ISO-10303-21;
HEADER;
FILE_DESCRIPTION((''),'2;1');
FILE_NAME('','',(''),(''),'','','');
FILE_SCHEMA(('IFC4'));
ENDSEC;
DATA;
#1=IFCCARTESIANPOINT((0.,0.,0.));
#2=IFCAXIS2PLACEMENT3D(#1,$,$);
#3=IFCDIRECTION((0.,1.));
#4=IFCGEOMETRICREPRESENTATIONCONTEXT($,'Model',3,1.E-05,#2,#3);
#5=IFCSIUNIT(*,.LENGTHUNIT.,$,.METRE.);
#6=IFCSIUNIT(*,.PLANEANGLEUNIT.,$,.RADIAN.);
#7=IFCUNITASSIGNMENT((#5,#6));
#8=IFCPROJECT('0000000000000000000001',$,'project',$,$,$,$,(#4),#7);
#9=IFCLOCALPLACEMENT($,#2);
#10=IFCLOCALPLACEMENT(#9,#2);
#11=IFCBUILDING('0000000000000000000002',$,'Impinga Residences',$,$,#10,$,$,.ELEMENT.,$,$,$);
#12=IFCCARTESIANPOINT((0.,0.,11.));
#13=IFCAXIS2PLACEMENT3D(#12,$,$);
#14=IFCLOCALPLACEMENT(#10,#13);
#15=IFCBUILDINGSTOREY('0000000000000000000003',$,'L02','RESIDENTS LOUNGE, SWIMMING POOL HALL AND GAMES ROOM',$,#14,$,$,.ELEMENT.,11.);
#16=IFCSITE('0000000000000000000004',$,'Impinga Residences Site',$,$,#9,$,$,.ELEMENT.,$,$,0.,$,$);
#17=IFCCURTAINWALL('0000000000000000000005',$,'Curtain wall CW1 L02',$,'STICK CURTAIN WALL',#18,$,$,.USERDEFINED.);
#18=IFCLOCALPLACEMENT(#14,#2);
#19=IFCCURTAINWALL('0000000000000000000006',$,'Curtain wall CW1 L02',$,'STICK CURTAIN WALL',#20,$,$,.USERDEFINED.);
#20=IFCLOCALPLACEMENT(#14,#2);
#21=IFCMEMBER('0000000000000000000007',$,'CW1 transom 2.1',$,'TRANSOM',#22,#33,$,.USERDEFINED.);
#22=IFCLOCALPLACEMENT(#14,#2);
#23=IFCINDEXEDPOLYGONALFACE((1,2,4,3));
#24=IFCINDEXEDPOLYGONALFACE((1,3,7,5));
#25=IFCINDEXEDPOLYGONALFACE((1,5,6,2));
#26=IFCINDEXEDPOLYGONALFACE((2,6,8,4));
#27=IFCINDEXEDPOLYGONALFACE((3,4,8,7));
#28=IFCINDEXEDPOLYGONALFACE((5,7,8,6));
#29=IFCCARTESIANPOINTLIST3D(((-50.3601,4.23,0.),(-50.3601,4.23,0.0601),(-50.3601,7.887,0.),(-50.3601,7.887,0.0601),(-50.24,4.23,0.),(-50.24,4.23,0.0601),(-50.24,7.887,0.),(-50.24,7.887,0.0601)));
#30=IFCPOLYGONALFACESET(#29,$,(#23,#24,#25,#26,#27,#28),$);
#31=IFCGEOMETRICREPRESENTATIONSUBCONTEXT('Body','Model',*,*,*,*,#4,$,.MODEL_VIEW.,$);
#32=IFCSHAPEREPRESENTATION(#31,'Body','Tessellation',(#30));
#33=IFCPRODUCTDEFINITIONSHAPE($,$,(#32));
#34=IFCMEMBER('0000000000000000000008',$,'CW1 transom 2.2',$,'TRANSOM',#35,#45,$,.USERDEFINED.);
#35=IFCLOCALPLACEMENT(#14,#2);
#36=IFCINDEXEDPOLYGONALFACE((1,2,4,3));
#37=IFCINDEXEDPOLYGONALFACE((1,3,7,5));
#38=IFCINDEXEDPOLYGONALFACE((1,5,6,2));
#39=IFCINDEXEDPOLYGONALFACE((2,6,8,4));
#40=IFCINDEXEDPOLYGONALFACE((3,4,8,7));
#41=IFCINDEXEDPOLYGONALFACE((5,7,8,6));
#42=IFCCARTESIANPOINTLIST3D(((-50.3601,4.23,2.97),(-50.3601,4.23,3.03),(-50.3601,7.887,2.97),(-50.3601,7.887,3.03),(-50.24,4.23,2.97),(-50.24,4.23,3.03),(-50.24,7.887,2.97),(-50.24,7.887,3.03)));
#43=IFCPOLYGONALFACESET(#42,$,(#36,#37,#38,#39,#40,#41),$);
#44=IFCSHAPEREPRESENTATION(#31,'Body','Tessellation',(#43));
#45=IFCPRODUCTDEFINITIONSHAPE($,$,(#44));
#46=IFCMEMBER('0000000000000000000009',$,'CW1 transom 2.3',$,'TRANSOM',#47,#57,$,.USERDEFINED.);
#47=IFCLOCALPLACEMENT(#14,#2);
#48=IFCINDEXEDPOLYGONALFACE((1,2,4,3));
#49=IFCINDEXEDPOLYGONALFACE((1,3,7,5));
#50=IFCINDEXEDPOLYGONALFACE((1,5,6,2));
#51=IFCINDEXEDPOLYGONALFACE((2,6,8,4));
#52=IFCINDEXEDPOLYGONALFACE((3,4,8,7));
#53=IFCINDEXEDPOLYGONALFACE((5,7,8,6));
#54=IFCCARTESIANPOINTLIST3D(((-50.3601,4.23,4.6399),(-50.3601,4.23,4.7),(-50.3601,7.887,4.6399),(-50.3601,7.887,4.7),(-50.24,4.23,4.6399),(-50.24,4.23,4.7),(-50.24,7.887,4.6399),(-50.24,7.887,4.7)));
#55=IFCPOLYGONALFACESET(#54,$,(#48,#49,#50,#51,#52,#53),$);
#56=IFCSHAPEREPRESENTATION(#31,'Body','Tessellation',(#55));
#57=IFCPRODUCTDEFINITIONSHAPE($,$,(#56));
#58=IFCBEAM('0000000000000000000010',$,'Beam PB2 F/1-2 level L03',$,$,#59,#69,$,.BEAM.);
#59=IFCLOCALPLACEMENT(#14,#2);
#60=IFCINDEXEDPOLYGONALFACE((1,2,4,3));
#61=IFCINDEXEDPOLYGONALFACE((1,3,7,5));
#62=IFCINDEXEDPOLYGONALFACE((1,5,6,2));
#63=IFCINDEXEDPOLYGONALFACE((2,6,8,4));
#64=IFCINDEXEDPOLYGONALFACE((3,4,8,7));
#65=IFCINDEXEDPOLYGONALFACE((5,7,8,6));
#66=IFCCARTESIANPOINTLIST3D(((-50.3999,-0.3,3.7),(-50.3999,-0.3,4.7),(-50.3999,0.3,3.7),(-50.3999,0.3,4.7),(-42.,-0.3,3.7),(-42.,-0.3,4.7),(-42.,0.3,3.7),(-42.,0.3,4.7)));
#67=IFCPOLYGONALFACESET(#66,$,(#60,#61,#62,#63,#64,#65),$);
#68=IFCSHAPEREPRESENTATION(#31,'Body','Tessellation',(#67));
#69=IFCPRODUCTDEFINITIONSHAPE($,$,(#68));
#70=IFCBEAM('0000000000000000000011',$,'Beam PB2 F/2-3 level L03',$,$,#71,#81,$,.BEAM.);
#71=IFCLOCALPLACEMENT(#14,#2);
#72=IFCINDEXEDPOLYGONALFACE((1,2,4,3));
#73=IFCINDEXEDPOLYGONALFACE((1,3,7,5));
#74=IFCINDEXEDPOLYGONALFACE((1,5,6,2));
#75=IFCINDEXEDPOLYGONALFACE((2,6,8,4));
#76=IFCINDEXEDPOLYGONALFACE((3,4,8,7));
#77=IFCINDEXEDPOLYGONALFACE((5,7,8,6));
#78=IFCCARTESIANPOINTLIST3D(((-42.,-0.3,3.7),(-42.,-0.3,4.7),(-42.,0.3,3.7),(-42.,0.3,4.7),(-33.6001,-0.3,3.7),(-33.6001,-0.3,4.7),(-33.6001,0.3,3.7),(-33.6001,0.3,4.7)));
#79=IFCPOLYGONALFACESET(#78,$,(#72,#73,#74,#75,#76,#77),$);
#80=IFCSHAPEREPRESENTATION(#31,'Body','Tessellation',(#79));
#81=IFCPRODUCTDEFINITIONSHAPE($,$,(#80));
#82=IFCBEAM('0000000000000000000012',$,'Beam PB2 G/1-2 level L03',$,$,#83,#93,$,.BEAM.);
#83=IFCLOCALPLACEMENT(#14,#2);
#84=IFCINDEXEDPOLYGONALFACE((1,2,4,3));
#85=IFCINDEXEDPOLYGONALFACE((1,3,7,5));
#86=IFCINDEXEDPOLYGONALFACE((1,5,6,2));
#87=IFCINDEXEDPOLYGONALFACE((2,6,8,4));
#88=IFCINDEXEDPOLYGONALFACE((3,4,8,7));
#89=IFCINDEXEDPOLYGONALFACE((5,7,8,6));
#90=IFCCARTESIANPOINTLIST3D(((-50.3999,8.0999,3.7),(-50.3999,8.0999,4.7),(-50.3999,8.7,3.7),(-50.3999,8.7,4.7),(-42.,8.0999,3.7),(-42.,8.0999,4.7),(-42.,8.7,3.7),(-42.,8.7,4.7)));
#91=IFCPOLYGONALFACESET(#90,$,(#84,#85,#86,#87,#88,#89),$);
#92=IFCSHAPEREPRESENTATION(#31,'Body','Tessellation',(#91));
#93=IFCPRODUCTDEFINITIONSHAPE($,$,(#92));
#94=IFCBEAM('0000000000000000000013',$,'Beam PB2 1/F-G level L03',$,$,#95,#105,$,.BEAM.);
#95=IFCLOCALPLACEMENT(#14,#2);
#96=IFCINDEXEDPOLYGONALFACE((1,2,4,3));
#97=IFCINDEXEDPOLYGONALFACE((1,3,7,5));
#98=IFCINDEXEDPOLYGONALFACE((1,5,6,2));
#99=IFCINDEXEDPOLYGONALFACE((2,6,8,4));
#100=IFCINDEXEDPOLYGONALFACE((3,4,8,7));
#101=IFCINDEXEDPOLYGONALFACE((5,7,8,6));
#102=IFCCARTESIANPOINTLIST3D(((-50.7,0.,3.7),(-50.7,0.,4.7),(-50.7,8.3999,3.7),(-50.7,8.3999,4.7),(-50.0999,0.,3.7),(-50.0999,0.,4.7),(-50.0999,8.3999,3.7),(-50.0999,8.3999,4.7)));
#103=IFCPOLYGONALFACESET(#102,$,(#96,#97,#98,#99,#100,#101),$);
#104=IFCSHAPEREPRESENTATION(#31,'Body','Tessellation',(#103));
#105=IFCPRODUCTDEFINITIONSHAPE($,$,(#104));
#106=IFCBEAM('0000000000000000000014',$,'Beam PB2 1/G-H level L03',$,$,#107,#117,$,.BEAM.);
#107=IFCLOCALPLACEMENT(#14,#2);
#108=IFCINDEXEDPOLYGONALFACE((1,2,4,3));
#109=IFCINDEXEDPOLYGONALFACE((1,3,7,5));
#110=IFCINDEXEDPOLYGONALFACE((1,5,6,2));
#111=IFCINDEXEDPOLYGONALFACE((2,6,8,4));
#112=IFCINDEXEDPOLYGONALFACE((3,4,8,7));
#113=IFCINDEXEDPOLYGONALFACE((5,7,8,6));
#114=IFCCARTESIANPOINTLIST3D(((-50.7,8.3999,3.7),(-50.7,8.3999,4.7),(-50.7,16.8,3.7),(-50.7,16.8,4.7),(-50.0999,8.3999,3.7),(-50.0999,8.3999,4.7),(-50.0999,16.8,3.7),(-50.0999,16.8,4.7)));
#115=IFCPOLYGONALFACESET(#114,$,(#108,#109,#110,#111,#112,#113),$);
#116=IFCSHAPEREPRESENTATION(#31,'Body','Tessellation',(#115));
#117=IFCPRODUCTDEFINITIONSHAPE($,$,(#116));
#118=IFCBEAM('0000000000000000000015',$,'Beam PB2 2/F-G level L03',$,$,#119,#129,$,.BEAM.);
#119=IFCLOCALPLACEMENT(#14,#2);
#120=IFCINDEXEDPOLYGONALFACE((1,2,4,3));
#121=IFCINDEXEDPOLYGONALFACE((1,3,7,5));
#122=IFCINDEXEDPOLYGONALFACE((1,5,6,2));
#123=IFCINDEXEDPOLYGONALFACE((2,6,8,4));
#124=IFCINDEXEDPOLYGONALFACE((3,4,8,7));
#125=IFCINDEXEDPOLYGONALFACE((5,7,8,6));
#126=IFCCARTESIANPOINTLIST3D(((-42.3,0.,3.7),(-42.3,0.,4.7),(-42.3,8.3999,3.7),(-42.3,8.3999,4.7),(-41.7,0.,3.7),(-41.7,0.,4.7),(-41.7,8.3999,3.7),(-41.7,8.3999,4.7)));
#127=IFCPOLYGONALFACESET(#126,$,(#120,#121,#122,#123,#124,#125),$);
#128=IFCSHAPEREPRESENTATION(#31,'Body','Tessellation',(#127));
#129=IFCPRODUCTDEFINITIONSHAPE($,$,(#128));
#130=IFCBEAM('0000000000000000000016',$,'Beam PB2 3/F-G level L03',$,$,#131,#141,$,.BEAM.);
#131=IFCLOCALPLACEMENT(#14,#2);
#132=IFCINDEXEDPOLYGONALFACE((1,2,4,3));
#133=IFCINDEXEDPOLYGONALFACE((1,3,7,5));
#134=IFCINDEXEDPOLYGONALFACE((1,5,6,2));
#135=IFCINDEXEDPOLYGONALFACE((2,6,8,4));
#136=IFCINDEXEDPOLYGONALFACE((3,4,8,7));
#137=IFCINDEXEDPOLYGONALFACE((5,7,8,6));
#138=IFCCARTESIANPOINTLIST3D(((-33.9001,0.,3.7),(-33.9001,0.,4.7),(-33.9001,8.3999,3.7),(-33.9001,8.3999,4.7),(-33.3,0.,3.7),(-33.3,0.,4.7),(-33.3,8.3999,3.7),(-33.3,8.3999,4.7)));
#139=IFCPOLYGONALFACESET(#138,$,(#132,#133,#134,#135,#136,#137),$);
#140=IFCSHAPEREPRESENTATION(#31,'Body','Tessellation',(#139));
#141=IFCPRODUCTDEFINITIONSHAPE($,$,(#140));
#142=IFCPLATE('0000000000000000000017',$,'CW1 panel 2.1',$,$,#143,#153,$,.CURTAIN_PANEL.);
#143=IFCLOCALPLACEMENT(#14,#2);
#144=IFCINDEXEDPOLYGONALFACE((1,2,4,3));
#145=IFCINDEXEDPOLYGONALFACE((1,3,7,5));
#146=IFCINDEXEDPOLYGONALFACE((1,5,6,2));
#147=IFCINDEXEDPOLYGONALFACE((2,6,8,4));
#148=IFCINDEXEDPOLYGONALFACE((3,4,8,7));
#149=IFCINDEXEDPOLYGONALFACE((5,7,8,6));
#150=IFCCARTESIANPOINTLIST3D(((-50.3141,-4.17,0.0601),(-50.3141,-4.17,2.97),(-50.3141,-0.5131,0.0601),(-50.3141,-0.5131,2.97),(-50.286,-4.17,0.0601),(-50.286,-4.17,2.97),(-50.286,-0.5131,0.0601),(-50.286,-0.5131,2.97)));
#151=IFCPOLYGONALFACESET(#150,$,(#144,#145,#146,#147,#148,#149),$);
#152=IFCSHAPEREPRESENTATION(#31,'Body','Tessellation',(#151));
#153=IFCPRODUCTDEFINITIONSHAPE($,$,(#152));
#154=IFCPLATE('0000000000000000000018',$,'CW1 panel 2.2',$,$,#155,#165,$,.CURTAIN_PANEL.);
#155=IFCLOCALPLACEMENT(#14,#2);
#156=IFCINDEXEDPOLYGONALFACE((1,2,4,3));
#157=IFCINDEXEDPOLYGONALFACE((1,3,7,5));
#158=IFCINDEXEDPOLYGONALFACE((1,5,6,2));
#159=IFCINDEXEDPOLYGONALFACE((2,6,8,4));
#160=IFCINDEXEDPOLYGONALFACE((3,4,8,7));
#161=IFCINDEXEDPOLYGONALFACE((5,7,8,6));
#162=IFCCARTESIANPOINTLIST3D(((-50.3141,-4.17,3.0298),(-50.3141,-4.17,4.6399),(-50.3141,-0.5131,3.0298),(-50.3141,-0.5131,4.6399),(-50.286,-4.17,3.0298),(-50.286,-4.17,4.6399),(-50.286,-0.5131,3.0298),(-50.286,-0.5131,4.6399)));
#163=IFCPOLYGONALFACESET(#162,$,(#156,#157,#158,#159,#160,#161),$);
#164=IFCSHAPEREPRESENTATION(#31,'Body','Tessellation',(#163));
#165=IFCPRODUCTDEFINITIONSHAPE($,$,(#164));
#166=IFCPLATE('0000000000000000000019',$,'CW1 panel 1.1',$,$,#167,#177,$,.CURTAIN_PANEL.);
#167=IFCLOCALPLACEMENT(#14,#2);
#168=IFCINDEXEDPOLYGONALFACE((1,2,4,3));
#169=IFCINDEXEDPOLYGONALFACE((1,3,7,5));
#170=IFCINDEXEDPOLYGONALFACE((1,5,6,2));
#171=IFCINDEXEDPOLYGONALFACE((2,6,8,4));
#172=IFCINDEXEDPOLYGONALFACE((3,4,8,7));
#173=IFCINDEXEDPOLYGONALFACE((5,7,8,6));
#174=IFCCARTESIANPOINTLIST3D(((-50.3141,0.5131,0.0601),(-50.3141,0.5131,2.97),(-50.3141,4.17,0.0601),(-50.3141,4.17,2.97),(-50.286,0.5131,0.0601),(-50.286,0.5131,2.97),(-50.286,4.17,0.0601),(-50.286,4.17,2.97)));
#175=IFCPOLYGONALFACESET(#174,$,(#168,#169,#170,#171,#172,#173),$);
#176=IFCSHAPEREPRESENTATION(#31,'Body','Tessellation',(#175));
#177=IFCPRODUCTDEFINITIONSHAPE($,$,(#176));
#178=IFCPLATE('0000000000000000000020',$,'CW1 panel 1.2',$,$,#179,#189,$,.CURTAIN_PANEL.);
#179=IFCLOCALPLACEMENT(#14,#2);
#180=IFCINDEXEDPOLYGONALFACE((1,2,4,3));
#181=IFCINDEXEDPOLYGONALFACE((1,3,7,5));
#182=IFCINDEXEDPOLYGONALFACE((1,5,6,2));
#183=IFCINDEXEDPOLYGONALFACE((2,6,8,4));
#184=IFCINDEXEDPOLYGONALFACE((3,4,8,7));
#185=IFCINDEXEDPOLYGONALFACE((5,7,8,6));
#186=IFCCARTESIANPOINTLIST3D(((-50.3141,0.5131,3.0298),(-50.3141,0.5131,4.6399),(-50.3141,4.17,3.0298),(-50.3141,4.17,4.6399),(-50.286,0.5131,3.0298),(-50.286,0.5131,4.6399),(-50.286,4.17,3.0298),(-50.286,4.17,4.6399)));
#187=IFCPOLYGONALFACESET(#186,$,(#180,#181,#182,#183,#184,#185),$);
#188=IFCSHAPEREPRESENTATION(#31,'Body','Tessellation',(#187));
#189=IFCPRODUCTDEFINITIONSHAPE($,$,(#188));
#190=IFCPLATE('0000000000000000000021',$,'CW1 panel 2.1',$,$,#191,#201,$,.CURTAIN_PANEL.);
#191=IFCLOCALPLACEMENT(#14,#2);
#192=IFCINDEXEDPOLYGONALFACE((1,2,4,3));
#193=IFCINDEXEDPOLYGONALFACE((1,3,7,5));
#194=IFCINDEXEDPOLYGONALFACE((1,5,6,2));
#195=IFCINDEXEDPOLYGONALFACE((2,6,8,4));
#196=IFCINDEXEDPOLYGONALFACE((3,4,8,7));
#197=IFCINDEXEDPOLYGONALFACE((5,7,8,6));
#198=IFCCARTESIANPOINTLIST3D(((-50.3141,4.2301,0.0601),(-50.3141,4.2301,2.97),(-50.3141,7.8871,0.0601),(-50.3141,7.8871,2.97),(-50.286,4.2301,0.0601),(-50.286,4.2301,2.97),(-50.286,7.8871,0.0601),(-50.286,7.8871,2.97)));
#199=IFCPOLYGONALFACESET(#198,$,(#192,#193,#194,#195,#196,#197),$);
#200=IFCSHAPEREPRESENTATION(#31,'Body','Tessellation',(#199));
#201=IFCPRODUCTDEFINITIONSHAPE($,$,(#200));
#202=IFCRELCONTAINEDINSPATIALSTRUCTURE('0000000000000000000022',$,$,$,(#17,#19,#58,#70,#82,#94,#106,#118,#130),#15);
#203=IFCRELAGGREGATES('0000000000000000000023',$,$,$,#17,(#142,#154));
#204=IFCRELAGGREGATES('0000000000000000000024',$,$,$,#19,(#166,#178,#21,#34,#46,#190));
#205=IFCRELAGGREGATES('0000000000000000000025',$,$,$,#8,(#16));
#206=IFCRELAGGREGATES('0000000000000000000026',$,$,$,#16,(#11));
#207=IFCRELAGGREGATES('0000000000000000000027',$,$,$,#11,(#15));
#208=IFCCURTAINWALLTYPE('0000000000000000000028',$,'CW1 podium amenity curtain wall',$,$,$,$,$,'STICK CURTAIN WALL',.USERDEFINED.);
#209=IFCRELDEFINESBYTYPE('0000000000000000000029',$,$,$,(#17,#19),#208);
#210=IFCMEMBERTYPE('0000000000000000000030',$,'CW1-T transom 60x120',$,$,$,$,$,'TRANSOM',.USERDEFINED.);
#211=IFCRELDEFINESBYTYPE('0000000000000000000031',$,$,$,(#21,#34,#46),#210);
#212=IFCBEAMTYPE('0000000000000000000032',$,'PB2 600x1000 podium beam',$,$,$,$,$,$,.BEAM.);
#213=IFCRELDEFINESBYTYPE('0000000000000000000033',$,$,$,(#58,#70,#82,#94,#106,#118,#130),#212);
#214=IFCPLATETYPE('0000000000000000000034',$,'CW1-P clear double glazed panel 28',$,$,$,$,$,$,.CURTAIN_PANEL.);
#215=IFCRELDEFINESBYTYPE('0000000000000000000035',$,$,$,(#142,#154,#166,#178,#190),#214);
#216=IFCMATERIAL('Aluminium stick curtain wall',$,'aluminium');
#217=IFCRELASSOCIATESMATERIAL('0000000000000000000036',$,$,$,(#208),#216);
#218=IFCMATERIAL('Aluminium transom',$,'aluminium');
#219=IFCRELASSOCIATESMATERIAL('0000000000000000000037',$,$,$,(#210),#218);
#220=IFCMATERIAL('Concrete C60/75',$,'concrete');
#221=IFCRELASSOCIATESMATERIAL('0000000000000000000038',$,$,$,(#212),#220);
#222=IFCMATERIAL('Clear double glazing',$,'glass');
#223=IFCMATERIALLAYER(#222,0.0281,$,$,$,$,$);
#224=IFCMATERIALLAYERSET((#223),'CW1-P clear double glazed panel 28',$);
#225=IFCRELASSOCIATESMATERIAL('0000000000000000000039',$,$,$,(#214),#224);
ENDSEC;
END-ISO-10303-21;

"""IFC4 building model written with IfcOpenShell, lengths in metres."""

from ifc_helpers import new_model, si_unit, direction, frame, origin, origin_2d, place, context, subcontext, project, spatial, rectangle, extrude, material, layer, layer_set, material_profile, profile_set, type_object, element, aggregate, save


model = new_model("IFC4")

# Units and contexts
model_context = context("Model", 3, precision=1e-05, world=origin(), true_north=direction((0.0, 1.0)))
body_context = subcontext(model_context, "Body", "Model", "MODEL_VIEW")
ifc_project = project(units=[si_unit("LENGTHUNIT", "METRE"), si_unit("PLANEANGLEUNIT", "RADIAN")], contexts=[model_context])

# Site, building, storey
site_placement = place(None, origin())
site = spatial("IfcSite", under=ifc_project, at=site_placement, Name="Impinga Residences Site", CompositionType="ELEMENT", RefElevation=0.0)
building_placement = place(site_placement, origin())
building = spatial("IfcBuilding", under=site, at=building_placement, Name="Impinga Residences", CompositionType="ELEMENT")
storey_placement = place(building_placement, frame((0.0, 0.0, 11.0)))
storey = spatial("IfcBuildingStorey", under=building, at=storey_placement, Name="L02", Description="RESIDENTS LOUNGE, SWIMMING POOL HALL AND GAMES ROOM", CompositionType="ELEMENT", Elevation=11.0)

# Curtain walls
ifc_material_1 = material(Name="Aluminium stick curtain wall", Category="aluminium")
curtain_wall_type = type_object("IfcCurtainWallType", Name="CW1 podium amenity curtain wall", ElementType="STICK CURTAIN WALL", PredefinedType="USERDEFINED", material=ifc_material_1)
curtain_wall_1_placement = place(storey_placement, origin())
curtain_wall_1 = element("IfcCurtainWall", 1, at=curtain_wall_1_placement, inside=storey, type_object=curtain_wall_type, Name="Curtain wall CW1 L02", ObjectType="STICK CURTAIN WALL", PredefinedType="USERDEFINED")
curtain_wall_2_placement = place(storey_placement, origin())
curtain_wall_2 = element("IfcCurtainWall", 2, at=curtain_wall_2_placement, inside=storey, type_object=curtain_wall_type, Name="Curtain wall CW1 L02", ObjectType="STICK CURTAIN WALL", PredefinedType="USERDEFINED")

# Members
ifc_material_2 = material(Name="Aluminium transom", Category="aluminium")
ifc_material_profile_1 = material_profile(ifc_material_2, rectangle(XDim=0.0601, YDim=0.1201, at=origin_2d()), Name="60x120 transom")
ifc_profile_set_1 = profile_set([ifc_material_profile_1], Name="Aluminium transom")
member_type_1 = type_object("IfcMemberType", Name="CW1-T transom 60x120", ElementType="TRANSOM", PredefinedType="USERDEFINED", material=ifc_profile_set_1)
member_1_placement = place(storey_placement, frame((-50.3, 4.23, 0.03), z_axis=(0.0, 1.0, 0.0), x_axis=(0.0, 0.0, 1.0)))
member_1 = element("IfcMember", 3, at=member_1_placement, type_object=member_type_1, Name="CW1 transom 2.1", ObjectType="TRANSOM", PredefinedType="USERDEFINED", context=body_context, shape_type="SweptSolid", body=[
    extrude(rectangle(XDim=0.0601, YDim=0.1201, at=origin_2d()), origin(), (0.0, 0.0, 1.0), 3.657),
])
member_2_placement = place(storey_placement, frame((-50.3, 4.23, 3.0), z_axis=(0.0, 1.0, 0.0), x_axis=(0.0, 0.0, 1.0)))
member_2 = element("IfcMember", 4, at=member_2_placement, type_object=member_type_1, Name="CW1 transom 2.2", ObjectType="TRANSOM", PredefinedType="USERDEFINED", context=body_context, shape_type="SweptSolid", body=[
    extrude(rectangle(XDim=0.0601, YDim=0.1201, at=origin_2d()), origin(), (0.0, 0.0, 1.0), 3.657),
])
member_3_placement = place(storey_placement, frame((-50.3, 4.23, 4.6699), z_axis=(0.0, 1.0, 0.0), x_axis=(0.0, 0.0, 1.0)))
member_3 = element("IfcMember", 5, at=member_3_placement, type_object=member_type_1, Name="CW1 transom 2.3", ObjectType="TRANSOM", PredefinedType="USERDEFINED", context=body_context, shape_type="SweptSolid", body=[
    extrude(rectangle(XDim=0.0601, YDim=0.1201, at=origin_2d()), origin(), (0.0, 0.0, 1.0), 3.657),
])

# Beams
ifc_material_3 = material(Name="Concrete C60/75", Category="concrete")
ifc_material_profile_2 = material_profile(ifc_material_3, rectangle(XDim=0.6001, YDim=1.0, at=origin_2d()), Name="RC 600x1000")
ifc_profile_set_2 = profile_set([ifc_material_profile_2], Name="Concrete C60/75")
beam_type = type_object("IfcBeamType", Name="PB2 600x1000 podium beam", PredefinedType="BEAM", material=ifc_profile_set_2)
for number, where, z_axis, x_axis, name in (
    (6, (-50.3999, 0.0, 4.2), (1.0, 0.0, 0.0), (0.0, 1.0, 0.0), "Beam PB2 F/1-2 level L03"),
    (7, (-42.0, 0.0, 4.2), (1.0, 0.0, 0.0), (0.0, 1.0, 0.0), "Beam PB2 F/2-3 level L03"),
    (8, (-50.3999, 8.3999, 4.2), (1.0, 0.0, 0.0), (0.0, 1.0, 0.0), "Beam PB2 G/1-2 level L03"),
    (9, (-50.3999, 0.0, 4.2), (0.0, 1.0, 0.0), (-1.0, 0.0, 0.0), "Beam PB2 1/F-G level L03"),
):
    element("IfcBeam", number, at=place(storey_placement, frame(where, z_axis=z_axis, x_axis=x_axis)), inside=storey, type_object=beam_type, Name=name, PredefinedType="BEAM", context=body_context, shape_type="SweptSolid", body=[
        extrude(rectangle(XDim=0.6001, YDim=1.0, at=origin_2d()), origin(), (0.0, 0.0, 1.0), 8.3999),
    ])
beam_placement = place(storey_placement, frame((-50.3999, 8.3999, 4.2), z_axis=(0.0, 1.0, 0.0), x_axis=(-1.0, 0.0, 0.0)))
element("IfcBeam", 10, at=beam_placement, inside=storey, type_object=beam_type, Name="Beam PB2 1/G-H level L03", PredefinedType="BEAM", context=body_context, shape_type="SweptSolid", body=[
    extrude(rectangle(XDim=0.6001, YDim=1.0, at=origin_2d()), origin(), (0.0, 0.0, 1.0), 8.4001),
])
for number, where, z_axis, x_axis, name in (
    (11, (-42.0, 0.0, 4.2), (0.0, 1.0, 0.0), (-1.0, 0.0, 0.0), "Beam PB2 2/F-G level L03"),
    (12, (-33.6001, 0.0, 4.2), (0.0, 1.0, 0.0), (-1.0, 0.0, 0.0), "Beam PB2 3/F-G level L03"),
):
    element("IfcBeam", number, at=place(storey_placement, frame(where, z_axis=z_axis, x_axis=x_axis)), inside=storey, type_object=beam_type, Name=name, PredefinedType="BEAM", context=body_context, shape_type="SweptSolid", body=[
        extrude(rectangle(XDim=0.6001, YDim=1.0, at=origin_2d()), origin(), (0.0, 0.0, 1.0), 8.3999),
    ])

# Plates
ifc_material_4 = material(Name="Clear double glazing", Category="glass")
ifc_layer = layer(ifc_material_4, 0.0281)
ifc_layer_set = layer_set([ifc_layer], Name="CW1-P clear double glazed panel 28")
plate_type = type_object("IfcPlateType", Name="CW1-P clear double glazed panel 28", PredefinedType="CURTAIN_PANEL", material=ifc_layer_set)
plate_1_placement = place(storey_placement, frame((-50.3, -2.3416, 0.0601), z_axis=(0.0, 0.0, 1.0), x_axis=(0.0, 1.0, 0.0)))
plate_1 = element("IfcPlate", 13, at=plate_1_placement, type_object=plate_type, Name="CW1 panel 2.1", PredefinedType="CURTAIN_PANEL", context=body_context, shape_type="SweptSolid", body=[
    extrude(rectangle(XDim=3.657, YDim=0.0281, at=origin_2d()), origin(), (0.0, 0.0, 1.0), 2.9099),
])
plate_2_placement = place(storey_placement, frame((-50.3, -2.3416, 3.0298), z_axis=(0.0, 0.0, 1.0), x_axis=(0.0, 1.0, 0.0)))
plate_2 = element("IfcPlate", 14, at=plate_2_placement, type_object=plate_type, Name="CW1 panel 2.2", PredefinedType="CURTAIN_PANEL", context=body_context, shape_type="SweptSolid", body=[
    extrude(rectangle(XDim=3.657, YDim=0.0281, at=origin_2d()), origin(), (0.0, 0.0, 1.0), 1.6101),
])
aggregate(curtain_wall_1, [plate_1, plate_2])
plate_3_placement = place(storey_placement, frame((-50.3, 2.3416, 0.0601), z_axis=(0.0, 0.0, 1.0), x_axis=(0.0, 1.0, 0.0)))
plate_3 = element("IfcPlate", 15, at=plate_3_placement, type_object=plate_type, Name="CW1 panel 1.1", PredefinedType="CURTAIN_PANEL", context=body_context, shape_type="SweptSolid", body=[
    extrude(rectangle(XDim=3.657, YDim=0.0281, at=origin_2d()), origin(), (0.0, 0.0, 1.0), 2.9099),
])
plate_4_placement = place(storey_placement, frame((-50.3, 2.3416, 3.0298), z_axis=(0.0, 0.0, 1.0), x_axis=(0.0, 1.0, 0.0)))
plate_4 = element("IfcPlate", 16, at=plate_4_placement, type_object=plate_type, Name="CW1 panel 1.2", PredefinedType="CURTAIN_PANEL", context=body_context, shape_type="SweptSolid", body=[
    extrude(rectangle(XDim=3.657, YDim=0.0281, at=origin_2d()), origin(), (0.0, 0.0, 1.0), 1.6101),
])
plate_5_placement = place(storey_placement, frame((-50.3, 6.0586, 0.0601), z_axis=(0.0, 0.0, 1.0), x_axis=(0.0, 1.0, 0.0)))
plate_5 = element("IfcPlate", 17, at=plate_5_placement, type_object=plate_type, Name="CW1 panel 2.1", PredefinedType="CURTAIN_PANEL", context=body_context, shape_type="SweptSolid", body=[
    extrude(rectangle(XDim=3.657, YDim=0.0281, at=origin_2d()), origin(), (0.0, 0.0, 1.0), 2.9099),
])
aggregate(curtain_wall_2, [plate_3, plate_4, member_1, member_2, member_3, plate_5])

save(model, "model.ifc")
